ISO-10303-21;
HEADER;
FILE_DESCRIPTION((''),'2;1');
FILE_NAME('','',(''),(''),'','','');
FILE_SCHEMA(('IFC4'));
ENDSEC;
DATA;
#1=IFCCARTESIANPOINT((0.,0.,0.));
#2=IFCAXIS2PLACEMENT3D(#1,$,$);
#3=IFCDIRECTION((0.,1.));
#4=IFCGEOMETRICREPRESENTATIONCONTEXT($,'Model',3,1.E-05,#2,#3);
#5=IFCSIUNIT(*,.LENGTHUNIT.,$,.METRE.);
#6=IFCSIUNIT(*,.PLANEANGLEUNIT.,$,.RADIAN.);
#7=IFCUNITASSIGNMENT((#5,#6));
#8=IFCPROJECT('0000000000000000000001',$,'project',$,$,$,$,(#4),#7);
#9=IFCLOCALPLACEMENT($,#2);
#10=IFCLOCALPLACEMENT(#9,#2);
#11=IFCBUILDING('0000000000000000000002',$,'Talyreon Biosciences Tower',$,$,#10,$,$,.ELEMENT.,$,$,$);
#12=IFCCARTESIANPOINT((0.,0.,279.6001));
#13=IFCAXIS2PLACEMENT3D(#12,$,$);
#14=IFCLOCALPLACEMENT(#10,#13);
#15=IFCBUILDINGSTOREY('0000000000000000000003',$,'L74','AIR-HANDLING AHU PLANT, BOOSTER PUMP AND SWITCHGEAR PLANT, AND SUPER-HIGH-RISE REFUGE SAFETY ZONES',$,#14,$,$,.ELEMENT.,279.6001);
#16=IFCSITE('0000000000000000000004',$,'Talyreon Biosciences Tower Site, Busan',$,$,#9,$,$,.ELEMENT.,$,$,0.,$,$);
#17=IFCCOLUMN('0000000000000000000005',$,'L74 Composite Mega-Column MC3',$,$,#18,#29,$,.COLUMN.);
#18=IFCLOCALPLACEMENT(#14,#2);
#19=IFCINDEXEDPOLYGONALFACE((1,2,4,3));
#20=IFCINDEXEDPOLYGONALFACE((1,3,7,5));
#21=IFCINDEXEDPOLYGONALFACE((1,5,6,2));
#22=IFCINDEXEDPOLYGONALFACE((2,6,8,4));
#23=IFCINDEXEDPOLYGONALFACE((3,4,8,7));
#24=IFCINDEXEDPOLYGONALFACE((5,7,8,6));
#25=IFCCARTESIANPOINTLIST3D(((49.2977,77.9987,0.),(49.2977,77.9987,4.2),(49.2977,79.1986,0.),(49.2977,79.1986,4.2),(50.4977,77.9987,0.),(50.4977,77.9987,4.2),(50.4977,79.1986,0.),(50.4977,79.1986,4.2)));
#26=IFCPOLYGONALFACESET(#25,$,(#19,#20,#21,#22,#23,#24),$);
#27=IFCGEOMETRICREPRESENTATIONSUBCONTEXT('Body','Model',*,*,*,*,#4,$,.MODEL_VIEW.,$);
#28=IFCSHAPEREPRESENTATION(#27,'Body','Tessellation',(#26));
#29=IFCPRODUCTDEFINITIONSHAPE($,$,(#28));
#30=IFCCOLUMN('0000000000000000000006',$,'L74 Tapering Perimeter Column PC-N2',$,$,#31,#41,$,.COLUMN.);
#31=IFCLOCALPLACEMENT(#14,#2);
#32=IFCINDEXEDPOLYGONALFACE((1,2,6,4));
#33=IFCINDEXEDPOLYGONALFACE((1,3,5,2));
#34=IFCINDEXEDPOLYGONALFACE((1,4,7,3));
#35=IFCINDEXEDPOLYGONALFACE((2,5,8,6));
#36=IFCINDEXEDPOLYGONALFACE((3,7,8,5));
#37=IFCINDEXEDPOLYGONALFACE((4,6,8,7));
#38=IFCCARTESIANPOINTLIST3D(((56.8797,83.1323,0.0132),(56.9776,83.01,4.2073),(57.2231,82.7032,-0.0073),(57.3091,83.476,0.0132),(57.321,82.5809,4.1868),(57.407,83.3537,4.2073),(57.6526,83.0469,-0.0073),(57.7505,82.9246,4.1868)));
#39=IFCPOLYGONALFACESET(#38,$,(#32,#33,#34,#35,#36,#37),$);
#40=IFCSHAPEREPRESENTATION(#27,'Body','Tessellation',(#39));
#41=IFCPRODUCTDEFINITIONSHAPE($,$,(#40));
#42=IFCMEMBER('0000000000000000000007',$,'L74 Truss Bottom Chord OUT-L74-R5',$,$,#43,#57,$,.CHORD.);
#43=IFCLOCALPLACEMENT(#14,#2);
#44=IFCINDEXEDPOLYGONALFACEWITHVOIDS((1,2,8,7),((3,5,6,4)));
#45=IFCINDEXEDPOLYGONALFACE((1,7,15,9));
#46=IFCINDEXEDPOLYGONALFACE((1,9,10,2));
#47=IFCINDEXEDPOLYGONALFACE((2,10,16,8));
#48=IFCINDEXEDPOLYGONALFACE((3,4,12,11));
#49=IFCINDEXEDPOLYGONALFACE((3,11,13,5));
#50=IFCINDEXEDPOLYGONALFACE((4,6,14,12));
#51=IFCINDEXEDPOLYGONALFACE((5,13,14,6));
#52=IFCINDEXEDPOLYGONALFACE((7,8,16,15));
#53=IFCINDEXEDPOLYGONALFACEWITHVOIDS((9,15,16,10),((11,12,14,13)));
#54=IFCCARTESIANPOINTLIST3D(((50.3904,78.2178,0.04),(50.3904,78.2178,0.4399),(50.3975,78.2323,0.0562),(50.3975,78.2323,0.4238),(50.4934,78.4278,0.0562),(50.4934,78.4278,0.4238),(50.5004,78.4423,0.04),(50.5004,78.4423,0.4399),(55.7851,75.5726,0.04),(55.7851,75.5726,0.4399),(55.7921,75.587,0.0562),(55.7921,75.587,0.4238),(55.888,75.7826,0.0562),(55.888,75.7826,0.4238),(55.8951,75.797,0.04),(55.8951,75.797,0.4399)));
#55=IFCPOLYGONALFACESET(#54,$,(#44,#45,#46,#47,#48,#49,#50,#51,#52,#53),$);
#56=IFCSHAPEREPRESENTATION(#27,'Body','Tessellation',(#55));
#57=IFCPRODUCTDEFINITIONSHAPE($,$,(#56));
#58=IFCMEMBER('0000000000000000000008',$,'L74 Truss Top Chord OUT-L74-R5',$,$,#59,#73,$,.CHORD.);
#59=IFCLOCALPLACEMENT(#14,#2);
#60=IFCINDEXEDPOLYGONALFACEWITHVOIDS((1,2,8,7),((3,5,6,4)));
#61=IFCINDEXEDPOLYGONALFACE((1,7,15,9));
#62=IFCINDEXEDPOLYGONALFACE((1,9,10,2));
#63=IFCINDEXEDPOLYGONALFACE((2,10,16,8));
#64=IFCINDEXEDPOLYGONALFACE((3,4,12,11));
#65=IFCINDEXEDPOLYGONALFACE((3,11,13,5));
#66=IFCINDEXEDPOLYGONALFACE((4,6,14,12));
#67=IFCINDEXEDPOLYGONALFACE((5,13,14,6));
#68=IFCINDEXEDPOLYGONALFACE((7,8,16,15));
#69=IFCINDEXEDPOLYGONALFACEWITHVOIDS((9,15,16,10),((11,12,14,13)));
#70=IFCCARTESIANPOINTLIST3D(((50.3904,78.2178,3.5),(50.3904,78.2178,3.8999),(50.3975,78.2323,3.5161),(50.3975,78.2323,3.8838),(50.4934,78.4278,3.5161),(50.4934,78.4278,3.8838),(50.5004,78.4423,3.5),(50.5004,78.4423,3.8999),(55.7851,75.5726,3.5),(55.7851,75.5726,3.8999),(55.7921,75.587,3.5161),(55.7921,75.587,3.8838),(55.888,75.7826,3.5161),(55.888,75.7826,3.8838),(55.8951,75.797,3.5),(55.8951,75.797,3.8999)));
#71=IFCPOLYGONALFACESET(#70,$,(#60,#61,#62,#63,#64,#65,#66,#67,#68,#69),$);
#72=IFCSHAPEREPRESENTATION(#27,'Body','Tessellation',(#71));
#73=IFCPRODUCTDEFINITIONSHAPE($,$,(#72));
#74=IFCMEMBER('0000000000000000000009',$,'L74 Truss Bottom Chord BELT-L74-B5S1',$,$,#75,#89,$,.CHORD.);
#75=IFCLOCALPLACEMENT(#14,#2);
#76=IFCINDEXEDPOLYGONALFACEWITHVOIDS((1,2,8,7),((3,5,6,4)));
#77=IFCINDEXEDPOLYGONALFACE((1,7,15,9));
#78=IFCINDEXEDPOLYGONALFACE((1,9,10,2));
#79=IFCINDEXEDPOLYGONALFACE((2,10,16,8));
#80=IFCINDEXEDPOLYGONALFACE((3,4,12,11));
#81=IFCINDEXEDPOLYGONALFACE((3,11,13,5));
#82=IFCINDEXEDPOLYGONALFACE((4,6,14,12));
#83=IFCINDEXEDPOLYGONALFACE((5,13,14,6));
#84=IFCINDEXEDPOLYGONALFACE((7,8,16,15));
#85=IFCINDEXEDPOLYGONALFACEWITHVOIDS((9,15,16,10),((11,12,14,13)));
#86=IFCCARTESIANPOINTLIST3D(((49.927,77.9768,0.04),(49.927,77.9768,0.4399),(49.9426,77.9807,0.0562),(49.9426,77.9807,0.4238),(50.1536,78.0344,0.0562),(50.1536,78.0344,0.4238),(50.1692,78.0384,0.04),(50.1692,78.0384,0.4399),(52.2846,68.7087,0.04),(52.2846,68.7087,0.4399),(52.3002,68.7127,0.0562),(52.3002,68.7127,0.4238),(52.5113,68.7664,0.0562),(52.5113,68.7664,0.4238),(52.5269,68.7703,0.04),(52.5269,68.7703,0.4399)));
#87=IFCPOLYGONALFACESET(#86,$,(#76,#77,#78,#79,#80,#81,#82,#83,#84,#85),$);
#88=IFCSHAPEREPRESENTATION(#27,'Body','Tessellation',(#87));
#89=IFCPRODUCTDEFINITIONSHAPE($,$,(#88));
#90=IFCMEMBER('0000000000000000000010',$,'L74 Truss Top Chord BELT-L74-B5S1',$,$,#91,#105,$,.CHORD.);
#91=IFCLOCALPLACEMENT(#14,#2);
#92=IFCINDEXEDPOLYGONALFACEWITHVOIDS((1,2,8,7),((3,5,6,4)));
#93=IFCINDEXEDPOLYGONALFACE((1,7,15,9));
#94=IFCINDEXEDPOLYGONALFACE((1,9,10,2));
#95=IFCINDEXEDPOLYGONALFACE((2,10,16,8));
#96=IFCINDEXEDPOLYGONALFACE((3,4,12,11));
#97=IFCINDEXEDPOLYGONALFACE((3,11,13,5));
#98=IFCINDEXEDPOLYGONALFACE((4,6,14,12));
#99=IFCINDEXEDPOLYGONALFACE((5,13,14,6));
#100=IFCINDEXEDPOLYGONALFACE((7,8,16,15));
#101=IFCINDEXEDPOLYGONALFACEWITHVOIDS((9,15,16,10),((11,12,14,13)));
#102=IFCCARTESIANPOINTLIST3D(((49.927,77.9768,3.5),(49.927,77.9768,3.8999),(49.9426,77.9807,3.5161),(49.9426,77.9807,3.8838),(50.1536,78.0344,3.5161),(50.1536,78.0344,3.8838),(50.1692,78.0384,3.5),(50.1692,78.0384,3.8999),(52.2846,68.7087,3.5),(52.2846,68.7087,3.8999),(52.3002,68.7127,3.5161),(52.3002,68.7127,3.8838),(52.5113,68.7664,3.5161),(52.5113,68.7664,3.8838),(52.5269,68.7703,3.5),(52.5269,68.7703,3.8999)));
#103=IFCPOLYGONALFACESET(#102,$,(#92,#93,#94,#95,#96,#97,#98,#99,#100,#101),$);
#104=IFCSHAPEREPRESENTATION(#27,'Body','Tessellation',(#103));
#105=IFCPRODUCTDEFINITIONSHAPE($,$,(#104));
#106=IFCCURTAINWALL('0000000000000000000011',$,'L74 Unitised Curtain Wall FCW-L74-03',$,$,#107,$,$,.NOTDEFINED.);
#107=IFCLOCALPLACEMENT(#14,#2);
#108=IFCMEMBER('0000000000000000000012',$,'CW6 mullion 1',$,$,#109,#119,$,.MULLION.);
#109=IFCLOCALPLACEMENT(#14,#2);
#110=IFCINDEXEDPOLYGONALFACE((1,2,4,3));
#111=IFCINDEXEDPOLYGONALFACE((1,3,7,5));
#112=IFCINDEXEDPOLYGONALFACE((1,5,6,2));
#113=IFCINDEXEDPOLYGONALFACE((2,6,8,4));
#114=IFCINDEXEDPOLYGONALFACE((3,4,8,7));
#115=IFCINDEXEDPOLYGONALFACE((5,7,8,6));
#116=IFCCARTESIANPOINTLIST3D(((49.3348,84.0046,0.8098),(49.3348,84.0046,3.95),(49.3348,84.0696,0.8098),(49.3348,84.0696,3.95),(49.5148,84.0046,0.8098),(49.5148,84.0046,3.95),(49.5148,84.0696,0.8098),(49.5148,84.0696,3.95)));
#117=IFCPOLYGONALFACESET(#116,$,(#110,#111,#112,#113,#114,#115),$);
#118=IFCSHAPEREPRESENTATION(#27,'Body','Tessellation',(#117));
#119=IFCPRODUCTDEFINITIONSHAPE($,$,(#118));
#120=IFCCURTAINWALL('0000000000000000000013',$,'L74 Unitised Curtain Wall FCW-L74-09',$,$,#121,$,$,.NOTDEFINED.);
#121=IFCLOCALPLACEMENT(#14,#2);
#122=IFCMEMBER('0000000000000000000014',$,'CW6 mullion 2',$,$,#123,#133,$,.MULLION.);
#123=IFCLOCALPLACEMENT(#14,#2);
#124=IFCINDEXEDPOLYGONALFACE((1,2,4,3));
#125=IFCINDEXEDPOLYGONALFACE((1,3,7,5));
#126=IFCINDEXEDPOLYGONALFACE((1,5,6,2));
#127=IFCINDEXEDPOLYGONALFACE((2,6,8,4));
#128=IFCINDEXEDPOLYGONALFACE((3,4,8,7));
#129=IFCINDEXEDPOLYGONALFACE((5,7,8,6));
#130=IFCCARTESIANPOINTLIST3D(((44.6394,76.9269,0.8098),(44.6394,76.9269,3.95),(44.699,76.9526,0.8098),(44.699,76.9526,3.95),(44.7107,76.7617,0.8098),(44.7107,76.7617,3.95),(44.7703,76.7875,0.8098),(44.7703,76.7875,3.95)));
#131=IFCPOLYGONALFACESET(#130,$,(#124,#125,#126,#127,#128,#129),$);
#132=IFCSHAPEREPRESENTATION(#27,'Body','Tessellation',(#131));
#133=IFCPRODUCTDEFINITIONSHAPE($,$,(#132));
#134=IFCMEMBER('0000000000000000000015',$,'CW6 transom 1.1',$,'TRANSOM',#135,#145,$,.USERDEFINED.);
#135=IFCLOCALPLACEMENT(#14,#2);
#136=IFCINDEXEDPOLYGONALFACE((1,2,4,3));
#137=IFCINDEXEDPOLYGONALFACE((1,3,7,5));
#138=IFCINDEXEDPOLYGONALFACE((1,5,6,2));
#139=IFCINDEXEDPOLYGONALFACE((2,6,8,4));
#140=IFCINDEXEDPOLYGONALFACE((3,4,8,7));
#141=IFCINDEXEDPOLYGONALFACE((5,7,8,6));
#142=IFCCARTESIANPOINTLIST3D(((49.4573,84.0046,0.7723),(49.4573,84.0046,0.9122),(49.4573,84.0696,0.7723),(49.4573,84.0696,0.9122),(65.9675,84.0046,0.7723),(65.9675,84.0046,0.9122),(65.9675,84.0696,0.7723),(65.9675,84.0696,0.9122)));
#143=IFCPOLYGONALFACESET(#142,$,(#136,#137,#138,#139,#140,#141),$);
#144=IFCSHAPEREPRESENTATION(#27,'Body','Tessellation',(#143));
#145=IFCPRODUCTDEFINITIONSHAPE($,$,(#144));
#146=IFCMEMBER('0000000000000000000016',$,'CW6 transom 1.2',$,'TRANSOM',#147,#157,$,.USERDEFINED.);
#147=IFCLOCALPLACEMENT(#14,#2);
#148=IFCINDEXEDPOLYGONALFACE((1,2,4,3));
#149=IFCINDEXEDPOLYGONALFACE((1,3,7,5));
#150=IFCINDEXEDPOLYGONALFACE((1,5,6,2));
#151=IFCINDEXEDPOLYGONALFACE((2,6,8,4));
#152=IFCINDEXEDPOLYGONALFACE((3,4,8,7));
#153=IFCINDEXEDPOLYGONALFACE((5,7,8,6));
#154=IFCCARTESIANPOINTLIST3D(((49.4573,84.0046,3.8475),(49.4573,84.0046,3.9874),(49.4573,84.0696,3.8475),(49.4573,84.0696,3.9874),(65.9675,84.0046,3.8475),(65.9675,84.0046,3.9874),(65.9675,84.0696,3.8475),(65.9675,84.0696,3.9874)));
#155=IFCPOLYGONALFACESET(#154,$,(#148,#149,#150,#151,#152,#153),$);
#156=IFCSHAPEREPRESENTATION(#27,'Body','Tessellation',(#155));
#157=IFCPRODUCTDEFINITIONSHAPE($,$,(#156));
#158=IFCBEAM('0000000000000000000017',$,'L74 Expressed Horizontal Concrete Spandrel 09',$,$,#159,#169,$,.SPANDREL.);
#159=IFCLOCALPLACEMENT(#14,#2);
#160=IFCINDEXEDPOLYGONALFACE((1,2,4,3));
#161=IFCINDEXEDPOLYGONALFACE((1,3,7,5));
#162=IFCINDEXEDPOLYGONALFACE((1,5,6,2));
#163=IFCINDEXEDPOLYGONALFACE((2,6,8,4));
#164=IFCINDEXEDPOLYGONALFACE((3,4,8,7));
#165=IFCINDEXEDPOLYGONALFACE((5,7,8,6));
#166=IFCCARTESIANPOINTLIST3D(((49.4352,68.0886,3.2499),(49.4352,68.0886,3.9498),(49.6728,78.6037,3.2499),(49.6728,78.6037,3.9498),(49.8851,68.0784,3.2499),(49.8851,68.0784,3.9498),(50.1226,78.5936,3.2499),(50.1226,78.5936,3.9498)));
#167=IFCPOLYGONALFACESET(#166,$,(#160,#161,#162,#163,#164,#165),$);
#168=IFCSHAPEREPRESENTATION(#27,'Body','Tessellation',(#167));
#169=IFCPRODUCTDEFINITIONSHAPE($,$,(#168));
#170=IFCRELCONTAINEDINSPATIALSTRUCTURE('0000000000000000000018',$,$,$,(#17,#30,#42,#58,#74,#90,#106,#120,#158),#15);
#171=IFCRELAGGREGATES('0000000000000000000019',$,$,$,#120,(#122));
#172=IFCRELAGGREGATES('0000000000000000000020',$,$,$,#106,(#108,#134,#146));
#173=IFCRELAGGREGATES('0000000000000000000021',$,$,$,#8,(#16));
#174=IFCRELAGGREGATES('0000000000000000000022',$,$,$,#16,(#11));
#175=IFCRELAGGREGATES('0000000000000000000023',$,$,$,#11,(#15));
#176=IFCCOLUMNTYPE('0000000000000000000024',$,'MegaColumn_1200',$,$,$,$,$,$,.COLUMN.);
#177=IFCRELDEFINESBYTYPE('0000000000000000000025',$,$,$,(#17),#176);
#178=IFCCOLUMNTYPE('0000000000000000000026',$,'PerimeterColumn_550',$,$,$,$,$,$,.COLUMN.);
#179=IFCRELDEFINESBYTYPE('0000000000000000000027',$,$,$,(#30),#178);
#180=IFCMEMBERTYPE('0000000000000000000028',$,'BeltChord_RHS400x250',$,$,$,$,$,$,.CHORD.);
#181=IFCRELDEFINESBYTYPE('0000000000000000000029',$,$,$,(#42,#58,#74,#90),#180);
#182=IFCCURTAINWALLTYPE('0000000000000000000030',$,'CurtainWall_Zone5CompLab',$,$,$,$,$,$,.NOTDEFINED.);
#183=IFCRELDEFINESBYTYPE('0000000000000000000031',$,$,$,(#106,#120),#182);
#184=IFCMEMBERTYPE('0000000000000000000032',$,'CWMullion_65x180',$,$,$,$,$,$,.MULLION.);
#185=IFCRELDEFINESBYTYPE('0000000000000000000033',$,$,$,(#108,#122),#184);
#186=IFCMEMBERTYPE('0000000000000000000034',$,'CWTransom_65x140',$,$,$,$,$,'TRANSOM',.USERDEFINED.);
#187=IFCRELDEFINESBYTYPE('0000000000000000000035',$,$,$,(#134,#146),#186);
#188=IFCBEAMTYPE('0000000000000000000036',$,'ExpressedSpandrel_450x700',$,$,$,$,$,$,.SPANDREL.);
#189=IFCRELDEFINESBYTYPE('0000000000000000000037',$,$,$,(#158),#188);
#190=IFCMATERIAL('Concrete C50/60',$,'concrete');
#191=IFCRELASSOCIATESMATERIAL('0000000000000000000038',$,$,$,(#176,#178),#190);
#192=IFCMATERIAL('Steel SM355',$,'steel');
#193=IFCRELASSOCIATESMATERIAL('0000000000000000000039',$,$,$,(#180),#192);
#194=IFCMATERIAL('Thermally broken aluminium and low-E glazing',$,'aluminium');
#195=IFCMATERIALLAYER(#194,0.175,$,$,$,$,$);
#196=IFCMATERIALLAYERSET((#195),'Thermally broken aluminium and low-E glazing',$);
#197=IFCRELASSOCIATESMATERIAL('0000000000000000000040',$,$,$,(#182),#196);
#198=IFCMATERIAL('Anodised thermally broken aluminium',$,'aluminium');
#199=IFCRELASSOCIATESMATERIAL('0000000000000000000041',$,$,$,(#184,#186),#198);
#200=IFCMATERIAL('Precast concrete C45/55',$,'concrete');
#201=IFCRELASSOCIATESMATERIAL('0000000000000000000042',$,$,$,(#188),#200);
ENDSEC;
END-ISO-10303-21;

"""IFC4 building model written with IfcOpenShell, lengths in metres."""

from ifc_helpers import new_model, si_unit, direction, frame, origin, origin_2d, place, context, subcontext, project, spatial, rectangle, hollow_rectangle, extrude, material, layer, layer_set, material_profile, profile_set, type_object, element, aggregate, save


model = new_model("IFC4")

# Units and contexts
model_context = context("Model", 3, precision=1e-05, world=origin(), true_north=direction((0.0, 1.0)))
body_context = subcontext(model_context, "Body", "Model", "MODEL_VIEW")
ifc_project = project(units=[si_unit("LENGTHUNIT", "METRE"), si_unit("PLANEANGLEUNIT", "RADIAN")], contexts=[model_context])

# Site, building, storey
site_placement = place(None, origin())
site = spatial("IfcSite", under=ifc_project, at=site_placement, Name="Talyreon Biosciences Tower Site, Busan", CompositionType="ELEMENT", RefElevation=0.0)
building_placement = place(site_placement, origin())
building = spatial("IfcBuilding", under=site, at=building_placement, Name="Talyreon Biosciences Tower", CompositionType="ELEMENT")
storey_placement = place(building_placement, frame((0.0, 0.0, 279.6001)))
storey = spatial("IfcBuildingStorey", under=building, at=storey_placement, Name="L74", Description="AIR-HANDLING AHU PLANT, BOOSTER PUMP AND SWITCHGEAR PLANT, AND SUPER-HIGH-RISE REFUGE SAFETY ZONES", CompositionType="ELEMENT", Elevation=279.6001)

# Columns
ifc_material_1 = material(Name="Concrete C50/60", Category="concrete")
ifc_material_profile_1 = material_profile(ifc_material_1, rectangle(XDim=1.2, YDim=1.2, at=origin_2d()), Name="RC 1200x1200")
ifc_profile_set_1 = profile_set([ifc_material_profile_1], Name="Concrete C50/60")
column_type_1 = type_object("IfcColumnType", Name="MegaColumn_1200", PredefinedType="COLUMN", material=ifc_profile_set_1)
column_1_placement = place(storey_placement, frame((49.8977, 78.5986, 0.0), z_axis=(0.0, 0.0, 1.0), x_axis=(1.0, 0.0, 0.0)))
element("IfcColumn", 1, at=column_1_placement, inside=storey, type_object=column_type_1, Name="L74 Composite Mega-Column MC3", PredefinedType="COLUMN", context=body_context, shape_type="SweptSolid", body=[
    extrude(rectangle(XDim=1.2, YDim=1.2, at=origin_2d()), origin(), (0.0, 0.0, 1.0), 4.2),
])
ifc_material_profile_2 = material_profile(ifc_material_1, rectangle(XDim=0.55, YDim=0.55, at=origin_2d()), Name="RC 550x550")
ifc_profile_set_2 = profile_set([ifc_material_profile_2], Name="Concrete C50/60")
column_type_2 = type_object("IfcColumnType", Name="PerimeterColumn_550", PredefinedType="COLUMN", material=ifc_profile_set_2)
column_2_placement = place(storey_placement, frame((57.2661, 83.0896, 0.0029), z_axis=(0.023326, -0.029143, 0.999303), x_axis=(-0.780717, -0.624885, 0.0)))
element("IfcColumn", 2, at=column_2_placement, inside=storey, type_object=column_type_2, Name="L74 Tapering Perimeter Column PC-N2", PredefinedType="COLUMN", context=body_context, shape_type="SweptSolid", body=[
    extrude(rectangle(XDim=0.55, YDim=0.55, at=origin_2d()), origin(), (0.0, 0.0, 1.0), 4.197),
])

# Members
ifc_material_2 = material(Name="Steel SM355", Category="steel")
ifc_material_profile_3 = material_profile(ifc_material_2, hollow_rectangle(XDim=0.25, YDim=0.3999, WallThickness=0.0161, at=origin_2d()), Name="RHS 400x250x16")
ifc_profile_set_3 = profile_set([ifc_material_profile_3], Name="Steel SM355")
member_type_1 = type_object("IfcMemberType", Name="BeltChord_RHS400x250", PredefinedType="CHORD", material=ifc_profile_set_3)
for number, where, z_axis, x_axis, name in (
    (3, (55.8401, 75.6848, 0.24), (-0.89787, 0.44026, 0.0), (-0.44026, -0.89787, 0.0), "L74 Truss Bottom Chord OUT-L74-R5"),
    (4, (55.8401, 75.6848, 3.7), (-0.89787, 0.44026, 0.0), (-0.44026, -0.89787, 0.0), "L74 Truss Top Chord OUT-L74-R5"),
):
    element("IfcMember", number, at=place(storey_placement, frame(where, z_axis=z_axis, x_axis=x_axis)), inside=storey, type_object=member_type_1, Name=name, PredefinedType="CHORD", context=body_context, shape_type="SweptSolid", body=[
        extrude(hollow_rectangle(XDim=0.25, YDim=0.3999, WallThickness=0.0161, at=origin_2d()), origin(), (0.0, 0.0, 1.0), 6.0083),
    ])
for number, where, z_axis, x_axis, name in (
    (5, (50.0481, 78.0076, 0.24), (0.246534, -0.969134, 0.0), (0.969134, 0.246534, 0.0), "L74 Truss Bottom Chord BELT-L74-B5S1"),
    (6, (50.0481, 78.0076, 3.7), (0.246534, -0.969134, 0.0), (0.969134, 0.246534, 0.0), "L74 Truss Top Chord BELT-L74-B5S1"),
):
    element("IfcMember", number, at=place(storey_placement, frame(where, z_axis=z_axis, x_axis=x_axis)), inside=storey, type_object=member_type_1, Name=name, PredefinedType="CHORD", context=body_context, shape_type="SweptSolid", body=[
        extrude(hollow_rectangle(XDim=0.25, YDim=0.3999, WallThickness=0.0161, at=origin_2d()), origin(), (0.0, 0.0, 1.0), 9.5632),
    ])

# Curtain walls, members
ifc_material_3 = material(Name="Thermally broken aluminium and low-E glazing", Category="aluminium")
ifc_layer_1 = layer(ifc_material_3, 0.175)
ifc_layer_set_1 = layer_set([ifc_layer_1], Name="Thermally broken aluminium and low-E glazing")
curtain_wall_type = type_object("IfcCurtainWallType", Name="CurtainWall_Zone5CompLab", PredefinedType="NOTDEFINED", material=ifc_layer_set_1)
curtain_wall_1_placement = place(storey_placement, origin())
curtain_wall_1 = element("IfcCurtainWall", 7, at=curtain_wall_1_placement, inside=storey, type_object=curtain_wall_type, Name="L74 Unitised Curtain Wall FCW-L74-03", PredefinedType="NOTDEFINED")
ifc_material_4 = material(Name="Anodised thermally broken aluminium", Category="aluminium")
ifc_material_profile_4 = material_profile(ifc_material_4, rectangle(XDim=0.0649, YDim=0.1799, at=origin_2d()), Name="ALUM MULLION 65x180")
ifc_profile_set_4 = profile_set([ifc_material_profile_4], Name="Anodised thermally broken aluminium")
member_type_2 = type_object("IfcMemberType", Name="CWMullion_65x180", PredefinedType="MULLION", material=ifc_profile_set_4)
member_1_placement = place(storey_placement, frame((49.4248, 84.0371, 0.8098), z_axis=(0.0, 0.0, 1.0), x_axis=(0.0, 1.0, 0.0)))
member_1 = element("IfcMember", 8, at=member_1_placement, type_object=member_type_2, Name="CW6 mullion 1", PredefinedType="MULLION", context=body_context, shape_type="SweptSolid", body=[
    extrude(rectangle(XDim=0.0649, YDim=0.1799, at=origin_2d()), origin(), (0.0, 0.0, 1.0), 3.1401),
])
curtain_wall_2_placement = place(storey_placement, origin())
curtain_wall_2 = element("IfcCurtainWall", 9, at=curtain_wall_2_placement, inside=storey, type_object=curtain_wall_type, Name="L74 Unitised Curtain Wall FCW-L74-09", PredefinedType="NOTDEFINED")
member_2_placement = place(storey_placement, frame((44.7048, 76.8572, 0.8098), z_axis=(0.0, 0.0, 1.0), x_axis=(-0.918022, -0.39653, 0.0)))
member_2 = element("IfcMember", 10, at=member_2_placement, type_object=member_type_2, Name="CW6 mullion 2", PredefinedType="MULLION", context=body_context, shape_type="SweptSolid", body=[
    extrude(rectangle(XDim=0.0649, YDim=0.1799, at=origin_2d()), origin(), (0.0, 0.0, 1.0), 3.1401),
])
aggregate(curtain_wall_2, [member_2])

# Members
ifc_material_profile_5 = material_profile(ifc_material_4, rectangle(XDim=0.0649, YDim=0.1399, at=origin_2d()), Name="ALUM TRANSOM 65x140")
ifc_profile_set_5 = profile_set([ifc_material_profile_5], Name="Anodised thermally broken aluminium")
member_type_3 = type_object("IfcMemberType", Name="CWTransom_65x140", ElementType="TRANSOM", PredefinedType="USERDEFINED", material=ifc_profile_set_5)
member_3_placement = place(storey_placement, frame((49.4573, 84.0371, 0.8423), z_axis=(1.0, 0.0, 0.0), x_axis=(0.0, 1.0, 0.0)))
member_3 = element("IfcMember", 11, at=member_3_placement, type_object=member_type_3, Name="CW6 transom 1.1", ObjectType="TRANSOM", PredefinedType="USERDEFINED", context=body_context, shape_type="SweptSolid", body=[
    extrude(rectangle(XDim=0.0649, YDim=0.1399, at=origin_2d()), origin(), (0.0, 0.0, 1.0), 16.5103),
])
member_4_placement = place(storey_placement, frame((49.4573, 84.0371, 3.9175), z_axis=(1.0, 0.0, 0.0), x_axis=(0.0, 1.0, 0.0)))
member_4 = element("IfcMember", 12, at=member_4_placement, type_object=member_type_3, Name="CW6 transom 1.2", ObjectType="TRANSOM", PredefinedType="USERDEFINED", context=body_context, shape_type="SweptSolid", body=[
    extrude(rectangle(XDim=0.0649, YDim=0.1399, at=origin_2d()), origin(), (0.0, 0.0, 1.0), 16.5103),
])
aggregate(curtain_wall_1, [member_1, member_3, member_4])

# Beam
ifc_material_5 = material(Name="Precast concrete C45/55", Category="concrete")
ifc_material_profile_6 = material_profile(ifc_material_5, rectangle(XDim=0.45, YDim=0.7, at=origin_2d()), Name="RCB 450x700")
ifc_profile_set_6 = profile_set([ifc_material_profile_6], Name="Precast concrete C45/55")
beam_type_1 = type_object("IfcBeamType", Name="ExpressedSpandrel_450x700", PredefinedType="SPANDREL", material=ifc_profile_set_6)
beam_1_placement = place(storey_placement, frame((49.8977, 78.5986, 3.5999), z_axis=(-0.022585, -0.999745, 0.0), x_axis=(0.999745, -0.022585, 0.0)))
element("IfcBeam", 13, at=beam_1_placement, inside=storey, type_object=beam_type_1, Name="L74 Expressed Horizontal Concrete Spandrel 09", PredefinedType="SPANDREL", context=body_context, shape_type="SweptSolid", body=[
    extrude(rectangle(XDim=0.45, YDim=0.7, at=origin_2d()), origin(), (0.0, 0.0, 1.0), 10.5178),
])

save(model, "model.ifc")
